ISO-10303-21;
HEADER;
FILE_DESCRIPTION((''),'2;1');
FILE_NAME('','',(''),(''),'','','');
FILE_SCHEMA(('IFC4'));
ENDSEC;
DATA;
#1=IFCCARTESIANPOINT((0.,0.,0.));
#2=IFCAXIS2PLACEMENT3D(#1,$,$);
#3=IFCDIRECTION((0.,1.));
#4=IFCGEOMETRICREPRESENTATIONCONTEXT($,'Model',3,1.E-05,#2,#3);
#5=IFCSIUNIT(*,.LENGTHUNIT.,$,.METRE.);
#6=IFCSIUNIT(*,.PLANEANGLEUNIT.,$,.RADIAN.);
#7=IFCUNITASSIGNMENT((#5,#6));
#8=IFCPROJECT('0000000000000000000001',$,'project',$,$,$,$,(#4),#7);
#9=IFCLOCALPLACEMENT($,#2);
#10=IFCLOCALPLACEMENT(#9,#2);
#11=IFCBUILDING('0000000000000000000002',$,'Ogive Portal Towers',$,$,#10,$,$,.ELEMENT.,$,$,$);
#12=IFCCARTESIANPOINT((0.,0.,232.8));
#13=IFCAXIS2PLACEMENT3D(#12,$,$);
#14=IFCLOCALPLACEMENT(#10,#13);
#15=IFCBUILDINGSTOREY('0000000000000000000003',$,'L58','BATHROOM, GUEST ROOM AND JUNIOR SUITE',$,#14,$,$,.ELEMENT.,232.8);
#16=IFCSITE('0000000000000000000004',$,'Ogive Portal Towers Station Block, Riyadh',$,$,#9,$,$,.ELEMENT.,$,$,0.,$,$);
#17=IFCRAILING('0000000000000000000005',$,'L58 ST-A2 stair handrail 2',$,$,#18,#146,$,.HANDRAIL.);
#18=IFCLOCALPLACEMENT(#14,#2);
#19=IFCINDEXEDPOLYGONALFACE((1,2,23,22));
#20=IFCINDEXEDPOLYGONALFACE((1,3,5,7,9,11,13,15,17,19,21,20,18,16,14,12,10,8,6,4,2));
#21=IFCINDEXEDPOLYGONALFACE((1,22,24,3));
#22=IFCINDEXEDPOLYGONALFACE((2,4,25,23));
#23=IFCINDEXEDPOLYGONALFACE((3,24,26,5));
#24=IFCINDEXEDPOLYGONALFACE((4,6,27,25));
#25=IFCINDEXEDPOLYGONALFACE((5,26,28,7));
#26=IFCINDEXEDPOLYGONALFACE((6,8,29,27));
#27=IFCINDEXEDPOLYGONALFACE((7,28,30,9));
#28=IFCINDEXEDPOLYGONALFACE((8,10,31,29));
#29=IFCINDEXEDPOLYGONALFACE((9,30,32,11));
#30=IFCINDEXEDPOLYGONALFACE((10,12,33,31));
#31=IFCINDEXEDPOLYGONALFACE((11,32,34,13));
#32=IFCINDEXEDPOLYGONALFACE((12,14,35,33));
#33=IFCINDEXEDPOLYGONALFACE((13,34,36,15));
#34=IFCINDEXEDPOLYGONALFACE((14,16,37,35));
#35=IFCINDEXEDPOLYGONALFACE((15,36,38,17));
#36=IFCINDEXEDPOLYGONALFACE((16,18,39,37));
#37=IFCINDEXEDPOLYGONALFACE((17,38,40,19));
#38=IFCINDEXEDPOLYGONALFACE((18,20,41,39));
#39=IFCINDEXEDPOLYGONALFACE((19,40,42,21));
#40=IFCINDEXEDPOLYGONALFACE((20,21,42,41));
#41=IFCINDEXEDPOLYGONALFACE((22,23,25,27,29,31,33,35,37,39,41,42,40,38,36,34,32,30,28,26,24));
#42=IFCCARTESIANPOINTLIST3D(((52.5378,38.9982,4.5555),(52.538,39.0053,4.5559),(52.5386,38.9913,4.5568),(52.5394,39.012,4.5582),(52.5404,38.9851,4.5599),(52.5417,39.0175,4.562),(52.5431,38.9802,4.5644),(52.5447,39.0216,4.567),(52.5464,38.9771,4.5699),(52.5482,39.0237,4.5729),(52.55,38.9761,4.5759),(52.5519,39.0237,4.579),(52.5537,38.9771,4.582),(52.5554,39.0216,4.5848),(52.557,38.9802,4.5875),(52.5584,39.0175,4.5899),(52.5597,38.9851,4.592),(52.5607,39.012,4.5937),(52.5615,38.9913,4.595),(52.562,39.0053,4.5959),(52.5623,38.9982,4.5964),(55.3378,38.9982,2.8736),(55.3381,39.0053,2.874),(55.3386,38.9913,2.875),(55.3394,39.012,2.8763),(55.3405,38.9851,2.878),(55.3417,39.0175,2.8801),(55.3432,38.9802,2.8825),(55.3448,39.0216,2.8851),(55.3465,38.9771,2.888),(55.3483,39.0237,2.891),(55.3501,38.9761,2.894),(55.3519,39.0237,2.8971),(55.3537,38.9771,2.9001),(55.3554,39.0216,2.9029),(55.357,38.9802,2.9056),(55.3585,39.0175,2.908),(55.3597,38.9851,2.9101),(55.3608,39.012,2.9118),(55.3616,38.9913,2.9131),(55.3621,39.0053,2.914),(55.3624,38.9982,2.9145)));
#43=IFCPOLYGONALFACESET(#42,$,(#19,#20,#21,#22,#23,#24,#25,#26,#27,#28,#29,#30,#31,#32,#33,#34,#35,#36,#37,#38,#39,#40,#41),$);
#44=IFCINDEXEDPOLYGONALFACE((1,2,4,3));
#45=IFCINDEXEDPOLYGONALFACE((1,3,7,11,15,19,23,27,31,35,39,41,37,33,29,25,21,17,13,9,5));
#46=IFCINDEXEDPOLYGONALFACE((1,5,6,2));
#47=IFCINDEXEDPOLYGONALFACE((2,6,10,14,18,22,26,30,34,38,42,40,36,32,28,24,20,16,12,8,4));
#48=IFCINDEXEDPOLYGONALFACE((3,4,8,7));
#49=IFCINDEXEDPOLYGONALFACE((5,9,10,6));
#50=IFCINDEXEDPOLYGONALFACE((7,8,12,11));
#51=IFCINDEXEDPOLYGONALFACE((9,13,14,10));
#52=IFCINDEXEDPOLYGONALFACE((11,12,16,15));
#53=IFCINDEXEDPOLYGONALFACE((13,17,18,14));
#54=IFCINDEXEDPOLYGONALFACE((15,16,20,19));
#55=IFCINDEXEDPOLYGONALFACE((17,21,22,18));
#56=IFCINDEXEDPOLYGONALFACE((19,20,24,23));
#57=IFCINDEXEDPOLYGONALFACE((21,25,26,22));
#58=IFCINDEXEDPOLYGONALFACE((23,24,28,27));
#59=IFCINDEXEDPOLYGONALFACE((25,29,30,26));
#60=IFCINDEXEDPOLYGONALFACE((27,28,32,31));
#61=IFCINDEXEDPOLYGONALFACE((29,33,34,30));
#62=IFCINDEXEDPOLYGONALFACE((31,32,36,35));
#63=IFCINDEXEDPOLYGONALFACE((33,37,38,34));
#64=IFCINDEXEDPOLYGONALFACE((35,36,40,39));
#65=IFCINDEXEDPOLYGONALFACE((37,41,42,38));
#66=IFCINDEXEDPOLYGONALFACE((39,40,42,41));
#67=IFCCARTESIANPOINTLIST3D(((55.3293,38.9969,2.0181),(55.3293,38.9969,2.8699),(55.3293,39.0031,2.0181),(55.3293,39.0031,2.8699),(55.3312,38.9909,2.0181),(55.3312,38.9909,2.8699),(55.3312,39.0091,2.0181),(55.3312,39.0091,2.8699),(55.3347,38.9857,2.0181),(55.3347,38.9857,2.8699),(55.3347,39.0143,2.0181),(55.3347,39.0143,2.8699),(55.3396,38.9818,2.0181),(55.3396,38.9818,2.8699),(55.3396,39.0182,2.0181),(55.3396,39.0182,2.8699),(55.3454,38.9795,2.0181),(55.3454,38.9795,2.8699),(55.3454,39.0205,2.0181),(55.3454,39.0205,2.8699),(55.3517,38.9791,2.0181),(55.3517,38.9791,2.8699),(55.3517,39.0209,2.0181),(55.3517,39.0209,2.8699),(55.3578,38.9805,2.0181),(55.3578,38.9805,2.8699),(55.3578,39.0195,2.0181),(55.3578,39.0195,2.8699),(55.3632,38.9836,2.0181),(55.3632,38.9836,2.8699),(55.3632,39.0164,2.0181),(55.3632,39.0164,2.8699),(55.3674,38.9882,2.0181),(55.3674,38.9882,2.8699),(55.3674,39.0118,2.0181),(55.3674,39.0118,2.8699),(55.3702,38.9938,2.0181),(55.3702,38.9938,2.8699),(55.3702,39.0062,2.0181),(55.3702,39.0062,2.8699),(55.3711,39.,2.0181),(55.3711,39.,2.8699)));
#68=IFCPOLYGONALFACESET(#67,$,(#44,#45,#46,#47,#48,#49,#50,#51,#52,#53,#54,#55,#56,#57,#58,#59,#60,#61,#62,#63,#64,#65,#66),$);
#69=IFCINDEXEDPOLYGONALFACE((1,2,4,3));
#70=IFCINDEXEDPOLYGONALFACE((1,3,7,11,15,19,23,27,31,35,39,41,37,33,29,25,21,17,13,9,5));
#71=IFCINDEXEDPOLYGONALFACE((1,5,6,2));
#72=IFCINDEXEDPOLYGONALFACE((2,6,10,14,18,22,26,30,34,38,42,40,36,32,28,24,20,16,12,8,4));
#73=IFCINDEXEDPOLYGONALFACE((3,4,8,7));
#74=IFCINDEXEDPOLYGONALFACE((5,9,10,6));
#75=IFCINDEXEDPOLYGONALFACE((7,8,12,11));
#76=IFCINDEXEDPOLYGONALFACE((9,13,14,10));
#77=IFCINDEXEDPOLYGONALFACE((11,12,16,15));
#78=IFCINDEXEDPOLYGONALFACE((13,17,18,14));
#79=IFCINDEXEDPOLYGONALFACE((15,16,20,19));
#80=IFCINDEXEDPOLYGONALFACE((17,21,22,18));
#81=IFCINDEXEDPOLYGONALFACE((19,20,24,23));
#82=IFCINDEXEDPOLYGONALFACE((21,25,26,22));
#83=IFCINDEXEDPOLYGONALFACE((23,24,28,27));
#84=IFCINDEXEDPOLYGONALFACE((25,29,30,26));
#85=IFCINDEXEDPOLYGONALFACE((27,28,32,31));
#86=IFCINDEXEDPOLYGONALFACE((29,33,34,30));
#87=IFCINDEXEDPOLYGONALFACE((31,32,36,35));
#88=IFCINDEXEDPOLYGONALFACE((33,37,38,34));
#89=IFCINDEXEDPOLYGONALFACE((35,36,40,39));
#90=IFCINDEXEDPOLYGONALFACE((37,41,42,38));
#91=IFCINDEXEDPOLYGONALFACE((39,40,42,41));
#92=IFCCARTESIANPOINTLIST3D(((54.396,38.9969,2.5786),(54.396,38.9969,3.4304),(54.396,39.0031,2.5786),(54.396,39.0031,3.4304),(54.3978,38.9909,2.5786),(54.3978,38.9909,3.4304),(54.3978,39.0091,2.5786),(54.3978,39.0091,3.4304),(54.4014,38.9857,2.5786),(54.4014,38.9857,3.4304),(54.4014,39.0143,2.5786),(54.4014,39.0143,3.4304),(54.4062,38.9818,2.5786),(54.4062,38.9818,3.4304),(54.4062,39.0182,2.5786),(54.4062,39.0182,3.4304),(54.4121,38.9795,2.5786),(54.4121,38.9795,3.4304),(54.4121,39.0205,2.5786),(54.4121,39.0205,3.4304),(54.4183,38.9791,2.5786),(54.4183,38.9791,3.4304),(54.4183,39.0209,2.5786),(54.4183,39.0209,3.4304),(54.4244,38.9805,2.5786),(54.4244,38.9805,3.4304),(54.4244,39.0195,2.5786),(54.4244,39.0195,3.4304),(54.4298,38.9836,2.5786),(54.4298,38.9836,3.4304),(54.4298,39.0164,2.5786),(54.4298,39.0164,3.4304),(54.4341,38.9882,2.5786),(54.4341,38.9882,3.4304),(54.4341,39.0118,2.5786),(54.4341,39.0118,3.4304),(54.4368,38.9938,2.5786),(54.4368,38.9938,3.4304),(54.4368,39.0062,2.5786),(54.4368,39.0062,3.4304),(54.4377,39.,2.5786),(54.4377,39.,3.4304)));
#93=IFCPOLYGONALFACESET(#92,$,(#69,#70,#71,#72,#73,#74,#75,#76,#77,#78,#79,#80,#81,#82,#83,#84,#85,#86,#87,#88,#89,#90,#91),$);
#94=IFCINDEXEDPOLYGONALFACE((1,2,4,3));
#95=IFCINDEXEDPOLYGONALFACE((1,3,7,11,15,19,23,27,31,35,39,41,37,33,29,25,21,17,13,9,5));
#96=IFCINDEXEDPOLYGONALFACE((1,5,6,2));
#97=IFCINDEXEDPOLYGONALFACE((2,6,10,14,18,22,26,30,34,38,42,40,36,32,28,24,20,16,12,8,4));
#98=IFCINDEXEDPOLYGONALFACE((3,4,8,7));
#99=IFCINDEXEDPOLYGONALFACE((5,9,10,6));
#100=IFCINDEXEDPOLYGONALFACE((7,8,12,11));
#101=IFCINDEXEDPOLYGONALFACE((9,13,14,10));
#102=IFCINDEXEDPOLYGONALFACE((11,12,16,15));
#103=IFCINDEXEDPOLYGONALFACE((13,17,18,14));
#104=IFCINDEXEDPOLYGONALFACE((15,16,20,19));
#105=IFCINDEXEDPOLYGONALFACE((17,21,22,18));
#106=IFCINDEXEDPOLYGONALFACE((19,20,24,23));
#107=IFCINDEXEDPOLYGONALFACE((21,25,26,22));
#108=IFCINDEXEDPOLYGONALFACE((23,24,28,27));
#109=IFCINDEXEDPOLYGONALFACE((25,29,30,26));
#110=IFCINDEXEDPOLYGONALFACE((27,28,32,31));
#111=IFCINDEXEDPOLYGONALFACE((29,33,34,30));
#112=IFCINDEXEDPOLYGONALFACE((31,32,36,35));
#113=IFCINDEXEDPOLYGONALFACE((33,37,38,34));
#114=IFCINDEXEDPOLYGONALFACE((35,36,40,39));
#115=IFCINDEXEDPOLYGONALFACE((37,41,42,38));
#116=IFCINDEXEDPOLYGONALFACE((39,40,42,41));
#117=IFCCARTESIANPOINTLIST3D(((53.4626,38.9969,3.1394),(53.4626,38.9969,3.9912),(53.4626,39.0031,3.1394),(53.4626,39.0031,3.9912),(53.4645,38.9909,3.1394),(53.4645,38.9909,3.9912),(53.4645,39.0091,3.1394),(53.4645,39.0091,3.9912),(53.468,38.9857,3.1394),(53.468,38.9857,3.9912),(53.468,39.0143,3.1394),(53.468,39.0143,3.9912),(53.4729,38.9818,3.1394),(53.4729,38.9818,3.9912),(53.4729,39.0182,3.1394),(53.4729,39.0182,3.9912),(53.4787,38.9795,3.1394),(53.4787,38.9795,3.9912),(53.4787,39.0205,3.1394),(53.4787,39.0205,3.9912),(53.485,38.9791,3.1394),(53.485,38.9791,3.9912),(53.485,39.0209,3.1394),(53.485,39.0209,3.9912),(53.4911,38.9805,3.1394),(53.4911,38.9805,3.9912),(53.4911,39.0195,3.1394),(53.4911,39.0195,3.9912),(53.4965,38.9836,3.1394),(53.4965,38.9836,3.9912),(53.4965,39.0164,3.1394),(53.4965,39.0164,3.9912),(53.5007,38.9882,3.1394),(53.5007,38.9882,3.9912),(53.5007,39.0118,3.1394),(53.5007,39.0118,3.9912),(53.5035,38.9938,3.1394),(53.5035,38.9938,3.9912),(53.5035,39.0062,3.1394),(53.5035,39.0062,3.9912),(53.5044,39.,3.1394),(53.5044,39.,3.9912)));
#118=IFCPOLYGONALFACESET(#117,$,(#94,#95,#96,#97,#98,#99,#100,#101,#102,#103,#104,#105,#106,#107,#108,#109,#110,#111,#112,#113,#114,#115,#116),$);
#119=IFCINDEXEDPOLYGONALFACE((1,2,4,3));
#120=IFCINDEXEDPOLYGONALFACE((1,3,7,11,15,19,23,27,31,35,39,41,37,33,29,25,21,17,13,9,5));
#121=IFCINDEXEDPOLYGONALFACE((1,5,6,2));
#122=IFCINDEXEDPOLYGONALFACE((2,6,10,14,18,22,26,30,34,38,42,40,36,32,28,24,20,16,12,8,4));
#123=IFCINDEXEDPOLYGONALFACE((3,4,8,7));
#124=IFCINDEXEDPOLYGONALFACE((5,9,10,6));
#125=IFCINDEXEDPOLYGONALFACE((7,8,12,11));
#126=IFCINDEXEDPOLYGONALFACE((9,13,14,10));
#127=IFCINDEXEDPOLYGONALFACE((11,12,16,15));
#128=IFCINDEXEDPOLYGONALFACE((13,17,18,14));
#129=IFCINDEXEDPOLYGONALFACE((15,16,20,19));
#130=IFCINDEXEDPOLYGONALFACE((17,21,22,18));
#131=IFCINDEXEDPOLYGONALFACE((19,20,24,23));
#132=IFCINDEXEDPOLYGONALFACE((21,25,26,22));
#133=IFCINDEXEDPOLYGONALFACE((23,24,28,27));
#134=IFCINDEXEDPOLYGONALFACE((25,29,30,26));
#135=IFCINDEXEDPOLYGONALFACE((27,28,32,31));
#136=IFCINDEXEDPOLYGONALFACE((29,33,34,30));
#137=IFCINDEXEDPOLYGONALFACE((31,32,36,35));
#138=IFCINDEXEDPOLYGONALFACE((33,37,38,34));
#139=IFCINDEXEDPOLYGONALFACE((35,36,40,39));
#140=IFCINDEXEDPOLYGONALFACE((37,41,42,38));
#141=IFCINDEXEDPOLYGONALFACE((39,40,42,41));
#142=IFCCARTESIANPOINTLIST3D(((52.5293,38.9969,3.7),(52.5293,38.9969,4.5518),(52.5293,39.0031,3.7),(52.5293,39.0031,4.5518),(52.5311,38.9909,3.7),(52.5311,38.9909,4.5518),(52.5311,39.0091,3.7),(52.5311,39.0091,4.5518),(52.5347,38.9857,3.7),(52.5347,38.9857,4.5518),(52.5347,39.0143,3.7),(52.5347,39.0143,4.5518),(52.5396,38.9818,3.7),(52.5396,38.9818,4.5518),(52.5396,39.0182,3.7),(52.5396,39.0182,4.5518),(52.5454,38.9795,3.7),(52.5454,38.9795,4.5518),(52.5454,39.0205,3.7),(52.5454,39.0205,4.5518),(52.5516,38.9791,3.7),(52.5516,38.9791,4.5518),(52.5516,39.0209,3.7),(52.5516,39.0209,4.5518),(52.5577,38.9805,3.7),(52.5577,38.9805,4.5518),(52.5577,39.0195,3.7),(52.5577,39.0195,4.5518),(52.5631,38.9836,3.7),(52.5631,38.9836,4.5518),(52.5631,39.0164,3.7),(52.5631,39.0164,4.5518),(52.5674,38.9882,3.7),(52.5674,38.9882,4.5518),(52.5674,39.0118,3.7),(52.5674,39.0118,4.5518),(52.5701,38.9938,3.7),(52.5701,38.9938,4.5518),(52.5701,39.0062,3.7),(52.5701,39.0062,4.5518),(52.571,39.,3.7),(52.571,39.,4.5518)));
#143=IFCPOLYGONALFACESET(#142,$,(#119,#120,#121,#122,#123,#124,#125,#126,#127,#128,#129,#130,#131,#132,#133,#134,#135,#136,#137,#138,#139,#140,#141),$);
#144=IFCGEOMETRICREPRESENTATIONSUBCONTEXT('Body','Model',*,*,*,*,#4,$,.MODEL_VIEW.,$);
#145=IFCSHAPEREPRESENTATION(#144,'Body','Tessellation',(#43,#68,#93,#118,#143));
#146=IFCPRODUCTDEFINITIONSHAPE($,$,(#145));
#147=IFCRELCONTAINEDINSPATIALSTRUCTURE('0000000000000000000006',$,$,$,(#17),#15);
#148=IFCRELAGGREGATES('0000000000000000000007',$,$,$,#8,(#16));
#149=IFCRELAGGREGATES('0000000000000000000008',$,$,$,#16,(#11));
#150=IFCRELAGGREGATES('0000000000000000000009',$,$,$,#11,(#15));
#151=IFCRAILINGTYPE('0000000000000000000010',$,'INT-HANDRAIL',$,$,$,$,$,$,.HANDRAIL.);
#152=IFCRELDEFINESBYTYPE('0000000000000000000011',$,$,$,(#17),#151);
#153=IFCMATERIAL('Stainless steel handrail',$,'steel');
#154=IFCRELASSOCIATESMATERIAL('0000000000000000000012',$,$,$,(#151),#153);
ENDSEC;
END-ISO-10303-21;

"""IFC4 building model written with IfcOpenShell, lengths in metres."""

from ifc_helpers import new_model, si_unit, direction, frame, origin, origin_2d, place, context, subcontext, project, spatial, circle, extrude, material, type_object, element, save


model = new_model("IFC4")

# Units and contexts
model_context = context("Model", 3, precision=1e-05, world=origin(), true_north=direction((0.0, 1.0)))
body_context = subcontext(model_context, "Body", "Model", "MODEL_VIEW")
ifc_project = project(units=[si_unit("LENGTHUNIT", "METRE"), si_unit("PLANEANGLEUNIT", "RADIAN")], contexts=[model_context])

# Site, building, storey
site_placement = place(None, origin())
site = spatial("IfcSite", under=ifc_project, at=site_placement, Name="Ogive Portal Towers Station Block, Riyadh", CompositionType="ELEMENT", RefElevation=0.0)
building_placement = place(site_placement, origin())
building = spatial("IfcBuilding", under=site, at=building_placement, Name="Ogive Portal Towers", CompositionType="ELEMENT")
storey_placement = place(building_placement, frame((0.0, 0.0, 232.8)))
storey = spatial("IfcBuildingStorey", under=building, at=storey_placement, Name="L58", Description="BATHROOM, GUEST ROOM AND JUNIOR SUITE", CompositionType="ELEMENT", Elevation=232.8)

# Railing
ifc_material_1 = material(Name="Stainless steel handrail", Category="steel")
railing_type_1 = type_object("IfcRailingType", Name="INT-HANDRAIL", PredefinedType="HANDRAIL", material=ifc_material_1)
railing_1_placement = place(storey_placement, frame((55.3501, 39.0, 2.0181)))
element("IfcRailing", 1, at=railing_1_placement, inside=storey, type_object=railing_type_1, Name="L58 ST-A2 stair handrail 2", PredefinedType="HANDRAIL", context=body_context, shape_type="SweptSolid", body=[
    extrude(circle(Radius=0.0239, at=origin_2d()), frame((0.0, 0.0, 0.876), z_axis=(-0.857242, 0.0, 0.514913), x_axis=(0.0, -1.0, 0.0)), (0.0, 0.0, 1.0), 3.2664),
    extrude(circle(Radius=0.021, at=origin_2d()), origin(), (0.0, 0.0, 1.0), 0.8518),
    extrude(circle(Radius=0.021, at=origin_2d()), frame((-0.9333, 0.0, 0.5605)), (0.0, 0.0, 1.0), 0.8518),
    extrude(circle(Radius=0.021, at=origin_2d()), frame((-1.8667, 0.0, 1.1213)), (0.0, 0.0, 1.0), 0.8518),
    extrude(circle(Radius=0.021, at=origin_2d()), frame((-2.8, 0.0, 1.6819)), (0.0, 0.0, 1.0), 0.8518),
])

save(model, "model.ifc")
